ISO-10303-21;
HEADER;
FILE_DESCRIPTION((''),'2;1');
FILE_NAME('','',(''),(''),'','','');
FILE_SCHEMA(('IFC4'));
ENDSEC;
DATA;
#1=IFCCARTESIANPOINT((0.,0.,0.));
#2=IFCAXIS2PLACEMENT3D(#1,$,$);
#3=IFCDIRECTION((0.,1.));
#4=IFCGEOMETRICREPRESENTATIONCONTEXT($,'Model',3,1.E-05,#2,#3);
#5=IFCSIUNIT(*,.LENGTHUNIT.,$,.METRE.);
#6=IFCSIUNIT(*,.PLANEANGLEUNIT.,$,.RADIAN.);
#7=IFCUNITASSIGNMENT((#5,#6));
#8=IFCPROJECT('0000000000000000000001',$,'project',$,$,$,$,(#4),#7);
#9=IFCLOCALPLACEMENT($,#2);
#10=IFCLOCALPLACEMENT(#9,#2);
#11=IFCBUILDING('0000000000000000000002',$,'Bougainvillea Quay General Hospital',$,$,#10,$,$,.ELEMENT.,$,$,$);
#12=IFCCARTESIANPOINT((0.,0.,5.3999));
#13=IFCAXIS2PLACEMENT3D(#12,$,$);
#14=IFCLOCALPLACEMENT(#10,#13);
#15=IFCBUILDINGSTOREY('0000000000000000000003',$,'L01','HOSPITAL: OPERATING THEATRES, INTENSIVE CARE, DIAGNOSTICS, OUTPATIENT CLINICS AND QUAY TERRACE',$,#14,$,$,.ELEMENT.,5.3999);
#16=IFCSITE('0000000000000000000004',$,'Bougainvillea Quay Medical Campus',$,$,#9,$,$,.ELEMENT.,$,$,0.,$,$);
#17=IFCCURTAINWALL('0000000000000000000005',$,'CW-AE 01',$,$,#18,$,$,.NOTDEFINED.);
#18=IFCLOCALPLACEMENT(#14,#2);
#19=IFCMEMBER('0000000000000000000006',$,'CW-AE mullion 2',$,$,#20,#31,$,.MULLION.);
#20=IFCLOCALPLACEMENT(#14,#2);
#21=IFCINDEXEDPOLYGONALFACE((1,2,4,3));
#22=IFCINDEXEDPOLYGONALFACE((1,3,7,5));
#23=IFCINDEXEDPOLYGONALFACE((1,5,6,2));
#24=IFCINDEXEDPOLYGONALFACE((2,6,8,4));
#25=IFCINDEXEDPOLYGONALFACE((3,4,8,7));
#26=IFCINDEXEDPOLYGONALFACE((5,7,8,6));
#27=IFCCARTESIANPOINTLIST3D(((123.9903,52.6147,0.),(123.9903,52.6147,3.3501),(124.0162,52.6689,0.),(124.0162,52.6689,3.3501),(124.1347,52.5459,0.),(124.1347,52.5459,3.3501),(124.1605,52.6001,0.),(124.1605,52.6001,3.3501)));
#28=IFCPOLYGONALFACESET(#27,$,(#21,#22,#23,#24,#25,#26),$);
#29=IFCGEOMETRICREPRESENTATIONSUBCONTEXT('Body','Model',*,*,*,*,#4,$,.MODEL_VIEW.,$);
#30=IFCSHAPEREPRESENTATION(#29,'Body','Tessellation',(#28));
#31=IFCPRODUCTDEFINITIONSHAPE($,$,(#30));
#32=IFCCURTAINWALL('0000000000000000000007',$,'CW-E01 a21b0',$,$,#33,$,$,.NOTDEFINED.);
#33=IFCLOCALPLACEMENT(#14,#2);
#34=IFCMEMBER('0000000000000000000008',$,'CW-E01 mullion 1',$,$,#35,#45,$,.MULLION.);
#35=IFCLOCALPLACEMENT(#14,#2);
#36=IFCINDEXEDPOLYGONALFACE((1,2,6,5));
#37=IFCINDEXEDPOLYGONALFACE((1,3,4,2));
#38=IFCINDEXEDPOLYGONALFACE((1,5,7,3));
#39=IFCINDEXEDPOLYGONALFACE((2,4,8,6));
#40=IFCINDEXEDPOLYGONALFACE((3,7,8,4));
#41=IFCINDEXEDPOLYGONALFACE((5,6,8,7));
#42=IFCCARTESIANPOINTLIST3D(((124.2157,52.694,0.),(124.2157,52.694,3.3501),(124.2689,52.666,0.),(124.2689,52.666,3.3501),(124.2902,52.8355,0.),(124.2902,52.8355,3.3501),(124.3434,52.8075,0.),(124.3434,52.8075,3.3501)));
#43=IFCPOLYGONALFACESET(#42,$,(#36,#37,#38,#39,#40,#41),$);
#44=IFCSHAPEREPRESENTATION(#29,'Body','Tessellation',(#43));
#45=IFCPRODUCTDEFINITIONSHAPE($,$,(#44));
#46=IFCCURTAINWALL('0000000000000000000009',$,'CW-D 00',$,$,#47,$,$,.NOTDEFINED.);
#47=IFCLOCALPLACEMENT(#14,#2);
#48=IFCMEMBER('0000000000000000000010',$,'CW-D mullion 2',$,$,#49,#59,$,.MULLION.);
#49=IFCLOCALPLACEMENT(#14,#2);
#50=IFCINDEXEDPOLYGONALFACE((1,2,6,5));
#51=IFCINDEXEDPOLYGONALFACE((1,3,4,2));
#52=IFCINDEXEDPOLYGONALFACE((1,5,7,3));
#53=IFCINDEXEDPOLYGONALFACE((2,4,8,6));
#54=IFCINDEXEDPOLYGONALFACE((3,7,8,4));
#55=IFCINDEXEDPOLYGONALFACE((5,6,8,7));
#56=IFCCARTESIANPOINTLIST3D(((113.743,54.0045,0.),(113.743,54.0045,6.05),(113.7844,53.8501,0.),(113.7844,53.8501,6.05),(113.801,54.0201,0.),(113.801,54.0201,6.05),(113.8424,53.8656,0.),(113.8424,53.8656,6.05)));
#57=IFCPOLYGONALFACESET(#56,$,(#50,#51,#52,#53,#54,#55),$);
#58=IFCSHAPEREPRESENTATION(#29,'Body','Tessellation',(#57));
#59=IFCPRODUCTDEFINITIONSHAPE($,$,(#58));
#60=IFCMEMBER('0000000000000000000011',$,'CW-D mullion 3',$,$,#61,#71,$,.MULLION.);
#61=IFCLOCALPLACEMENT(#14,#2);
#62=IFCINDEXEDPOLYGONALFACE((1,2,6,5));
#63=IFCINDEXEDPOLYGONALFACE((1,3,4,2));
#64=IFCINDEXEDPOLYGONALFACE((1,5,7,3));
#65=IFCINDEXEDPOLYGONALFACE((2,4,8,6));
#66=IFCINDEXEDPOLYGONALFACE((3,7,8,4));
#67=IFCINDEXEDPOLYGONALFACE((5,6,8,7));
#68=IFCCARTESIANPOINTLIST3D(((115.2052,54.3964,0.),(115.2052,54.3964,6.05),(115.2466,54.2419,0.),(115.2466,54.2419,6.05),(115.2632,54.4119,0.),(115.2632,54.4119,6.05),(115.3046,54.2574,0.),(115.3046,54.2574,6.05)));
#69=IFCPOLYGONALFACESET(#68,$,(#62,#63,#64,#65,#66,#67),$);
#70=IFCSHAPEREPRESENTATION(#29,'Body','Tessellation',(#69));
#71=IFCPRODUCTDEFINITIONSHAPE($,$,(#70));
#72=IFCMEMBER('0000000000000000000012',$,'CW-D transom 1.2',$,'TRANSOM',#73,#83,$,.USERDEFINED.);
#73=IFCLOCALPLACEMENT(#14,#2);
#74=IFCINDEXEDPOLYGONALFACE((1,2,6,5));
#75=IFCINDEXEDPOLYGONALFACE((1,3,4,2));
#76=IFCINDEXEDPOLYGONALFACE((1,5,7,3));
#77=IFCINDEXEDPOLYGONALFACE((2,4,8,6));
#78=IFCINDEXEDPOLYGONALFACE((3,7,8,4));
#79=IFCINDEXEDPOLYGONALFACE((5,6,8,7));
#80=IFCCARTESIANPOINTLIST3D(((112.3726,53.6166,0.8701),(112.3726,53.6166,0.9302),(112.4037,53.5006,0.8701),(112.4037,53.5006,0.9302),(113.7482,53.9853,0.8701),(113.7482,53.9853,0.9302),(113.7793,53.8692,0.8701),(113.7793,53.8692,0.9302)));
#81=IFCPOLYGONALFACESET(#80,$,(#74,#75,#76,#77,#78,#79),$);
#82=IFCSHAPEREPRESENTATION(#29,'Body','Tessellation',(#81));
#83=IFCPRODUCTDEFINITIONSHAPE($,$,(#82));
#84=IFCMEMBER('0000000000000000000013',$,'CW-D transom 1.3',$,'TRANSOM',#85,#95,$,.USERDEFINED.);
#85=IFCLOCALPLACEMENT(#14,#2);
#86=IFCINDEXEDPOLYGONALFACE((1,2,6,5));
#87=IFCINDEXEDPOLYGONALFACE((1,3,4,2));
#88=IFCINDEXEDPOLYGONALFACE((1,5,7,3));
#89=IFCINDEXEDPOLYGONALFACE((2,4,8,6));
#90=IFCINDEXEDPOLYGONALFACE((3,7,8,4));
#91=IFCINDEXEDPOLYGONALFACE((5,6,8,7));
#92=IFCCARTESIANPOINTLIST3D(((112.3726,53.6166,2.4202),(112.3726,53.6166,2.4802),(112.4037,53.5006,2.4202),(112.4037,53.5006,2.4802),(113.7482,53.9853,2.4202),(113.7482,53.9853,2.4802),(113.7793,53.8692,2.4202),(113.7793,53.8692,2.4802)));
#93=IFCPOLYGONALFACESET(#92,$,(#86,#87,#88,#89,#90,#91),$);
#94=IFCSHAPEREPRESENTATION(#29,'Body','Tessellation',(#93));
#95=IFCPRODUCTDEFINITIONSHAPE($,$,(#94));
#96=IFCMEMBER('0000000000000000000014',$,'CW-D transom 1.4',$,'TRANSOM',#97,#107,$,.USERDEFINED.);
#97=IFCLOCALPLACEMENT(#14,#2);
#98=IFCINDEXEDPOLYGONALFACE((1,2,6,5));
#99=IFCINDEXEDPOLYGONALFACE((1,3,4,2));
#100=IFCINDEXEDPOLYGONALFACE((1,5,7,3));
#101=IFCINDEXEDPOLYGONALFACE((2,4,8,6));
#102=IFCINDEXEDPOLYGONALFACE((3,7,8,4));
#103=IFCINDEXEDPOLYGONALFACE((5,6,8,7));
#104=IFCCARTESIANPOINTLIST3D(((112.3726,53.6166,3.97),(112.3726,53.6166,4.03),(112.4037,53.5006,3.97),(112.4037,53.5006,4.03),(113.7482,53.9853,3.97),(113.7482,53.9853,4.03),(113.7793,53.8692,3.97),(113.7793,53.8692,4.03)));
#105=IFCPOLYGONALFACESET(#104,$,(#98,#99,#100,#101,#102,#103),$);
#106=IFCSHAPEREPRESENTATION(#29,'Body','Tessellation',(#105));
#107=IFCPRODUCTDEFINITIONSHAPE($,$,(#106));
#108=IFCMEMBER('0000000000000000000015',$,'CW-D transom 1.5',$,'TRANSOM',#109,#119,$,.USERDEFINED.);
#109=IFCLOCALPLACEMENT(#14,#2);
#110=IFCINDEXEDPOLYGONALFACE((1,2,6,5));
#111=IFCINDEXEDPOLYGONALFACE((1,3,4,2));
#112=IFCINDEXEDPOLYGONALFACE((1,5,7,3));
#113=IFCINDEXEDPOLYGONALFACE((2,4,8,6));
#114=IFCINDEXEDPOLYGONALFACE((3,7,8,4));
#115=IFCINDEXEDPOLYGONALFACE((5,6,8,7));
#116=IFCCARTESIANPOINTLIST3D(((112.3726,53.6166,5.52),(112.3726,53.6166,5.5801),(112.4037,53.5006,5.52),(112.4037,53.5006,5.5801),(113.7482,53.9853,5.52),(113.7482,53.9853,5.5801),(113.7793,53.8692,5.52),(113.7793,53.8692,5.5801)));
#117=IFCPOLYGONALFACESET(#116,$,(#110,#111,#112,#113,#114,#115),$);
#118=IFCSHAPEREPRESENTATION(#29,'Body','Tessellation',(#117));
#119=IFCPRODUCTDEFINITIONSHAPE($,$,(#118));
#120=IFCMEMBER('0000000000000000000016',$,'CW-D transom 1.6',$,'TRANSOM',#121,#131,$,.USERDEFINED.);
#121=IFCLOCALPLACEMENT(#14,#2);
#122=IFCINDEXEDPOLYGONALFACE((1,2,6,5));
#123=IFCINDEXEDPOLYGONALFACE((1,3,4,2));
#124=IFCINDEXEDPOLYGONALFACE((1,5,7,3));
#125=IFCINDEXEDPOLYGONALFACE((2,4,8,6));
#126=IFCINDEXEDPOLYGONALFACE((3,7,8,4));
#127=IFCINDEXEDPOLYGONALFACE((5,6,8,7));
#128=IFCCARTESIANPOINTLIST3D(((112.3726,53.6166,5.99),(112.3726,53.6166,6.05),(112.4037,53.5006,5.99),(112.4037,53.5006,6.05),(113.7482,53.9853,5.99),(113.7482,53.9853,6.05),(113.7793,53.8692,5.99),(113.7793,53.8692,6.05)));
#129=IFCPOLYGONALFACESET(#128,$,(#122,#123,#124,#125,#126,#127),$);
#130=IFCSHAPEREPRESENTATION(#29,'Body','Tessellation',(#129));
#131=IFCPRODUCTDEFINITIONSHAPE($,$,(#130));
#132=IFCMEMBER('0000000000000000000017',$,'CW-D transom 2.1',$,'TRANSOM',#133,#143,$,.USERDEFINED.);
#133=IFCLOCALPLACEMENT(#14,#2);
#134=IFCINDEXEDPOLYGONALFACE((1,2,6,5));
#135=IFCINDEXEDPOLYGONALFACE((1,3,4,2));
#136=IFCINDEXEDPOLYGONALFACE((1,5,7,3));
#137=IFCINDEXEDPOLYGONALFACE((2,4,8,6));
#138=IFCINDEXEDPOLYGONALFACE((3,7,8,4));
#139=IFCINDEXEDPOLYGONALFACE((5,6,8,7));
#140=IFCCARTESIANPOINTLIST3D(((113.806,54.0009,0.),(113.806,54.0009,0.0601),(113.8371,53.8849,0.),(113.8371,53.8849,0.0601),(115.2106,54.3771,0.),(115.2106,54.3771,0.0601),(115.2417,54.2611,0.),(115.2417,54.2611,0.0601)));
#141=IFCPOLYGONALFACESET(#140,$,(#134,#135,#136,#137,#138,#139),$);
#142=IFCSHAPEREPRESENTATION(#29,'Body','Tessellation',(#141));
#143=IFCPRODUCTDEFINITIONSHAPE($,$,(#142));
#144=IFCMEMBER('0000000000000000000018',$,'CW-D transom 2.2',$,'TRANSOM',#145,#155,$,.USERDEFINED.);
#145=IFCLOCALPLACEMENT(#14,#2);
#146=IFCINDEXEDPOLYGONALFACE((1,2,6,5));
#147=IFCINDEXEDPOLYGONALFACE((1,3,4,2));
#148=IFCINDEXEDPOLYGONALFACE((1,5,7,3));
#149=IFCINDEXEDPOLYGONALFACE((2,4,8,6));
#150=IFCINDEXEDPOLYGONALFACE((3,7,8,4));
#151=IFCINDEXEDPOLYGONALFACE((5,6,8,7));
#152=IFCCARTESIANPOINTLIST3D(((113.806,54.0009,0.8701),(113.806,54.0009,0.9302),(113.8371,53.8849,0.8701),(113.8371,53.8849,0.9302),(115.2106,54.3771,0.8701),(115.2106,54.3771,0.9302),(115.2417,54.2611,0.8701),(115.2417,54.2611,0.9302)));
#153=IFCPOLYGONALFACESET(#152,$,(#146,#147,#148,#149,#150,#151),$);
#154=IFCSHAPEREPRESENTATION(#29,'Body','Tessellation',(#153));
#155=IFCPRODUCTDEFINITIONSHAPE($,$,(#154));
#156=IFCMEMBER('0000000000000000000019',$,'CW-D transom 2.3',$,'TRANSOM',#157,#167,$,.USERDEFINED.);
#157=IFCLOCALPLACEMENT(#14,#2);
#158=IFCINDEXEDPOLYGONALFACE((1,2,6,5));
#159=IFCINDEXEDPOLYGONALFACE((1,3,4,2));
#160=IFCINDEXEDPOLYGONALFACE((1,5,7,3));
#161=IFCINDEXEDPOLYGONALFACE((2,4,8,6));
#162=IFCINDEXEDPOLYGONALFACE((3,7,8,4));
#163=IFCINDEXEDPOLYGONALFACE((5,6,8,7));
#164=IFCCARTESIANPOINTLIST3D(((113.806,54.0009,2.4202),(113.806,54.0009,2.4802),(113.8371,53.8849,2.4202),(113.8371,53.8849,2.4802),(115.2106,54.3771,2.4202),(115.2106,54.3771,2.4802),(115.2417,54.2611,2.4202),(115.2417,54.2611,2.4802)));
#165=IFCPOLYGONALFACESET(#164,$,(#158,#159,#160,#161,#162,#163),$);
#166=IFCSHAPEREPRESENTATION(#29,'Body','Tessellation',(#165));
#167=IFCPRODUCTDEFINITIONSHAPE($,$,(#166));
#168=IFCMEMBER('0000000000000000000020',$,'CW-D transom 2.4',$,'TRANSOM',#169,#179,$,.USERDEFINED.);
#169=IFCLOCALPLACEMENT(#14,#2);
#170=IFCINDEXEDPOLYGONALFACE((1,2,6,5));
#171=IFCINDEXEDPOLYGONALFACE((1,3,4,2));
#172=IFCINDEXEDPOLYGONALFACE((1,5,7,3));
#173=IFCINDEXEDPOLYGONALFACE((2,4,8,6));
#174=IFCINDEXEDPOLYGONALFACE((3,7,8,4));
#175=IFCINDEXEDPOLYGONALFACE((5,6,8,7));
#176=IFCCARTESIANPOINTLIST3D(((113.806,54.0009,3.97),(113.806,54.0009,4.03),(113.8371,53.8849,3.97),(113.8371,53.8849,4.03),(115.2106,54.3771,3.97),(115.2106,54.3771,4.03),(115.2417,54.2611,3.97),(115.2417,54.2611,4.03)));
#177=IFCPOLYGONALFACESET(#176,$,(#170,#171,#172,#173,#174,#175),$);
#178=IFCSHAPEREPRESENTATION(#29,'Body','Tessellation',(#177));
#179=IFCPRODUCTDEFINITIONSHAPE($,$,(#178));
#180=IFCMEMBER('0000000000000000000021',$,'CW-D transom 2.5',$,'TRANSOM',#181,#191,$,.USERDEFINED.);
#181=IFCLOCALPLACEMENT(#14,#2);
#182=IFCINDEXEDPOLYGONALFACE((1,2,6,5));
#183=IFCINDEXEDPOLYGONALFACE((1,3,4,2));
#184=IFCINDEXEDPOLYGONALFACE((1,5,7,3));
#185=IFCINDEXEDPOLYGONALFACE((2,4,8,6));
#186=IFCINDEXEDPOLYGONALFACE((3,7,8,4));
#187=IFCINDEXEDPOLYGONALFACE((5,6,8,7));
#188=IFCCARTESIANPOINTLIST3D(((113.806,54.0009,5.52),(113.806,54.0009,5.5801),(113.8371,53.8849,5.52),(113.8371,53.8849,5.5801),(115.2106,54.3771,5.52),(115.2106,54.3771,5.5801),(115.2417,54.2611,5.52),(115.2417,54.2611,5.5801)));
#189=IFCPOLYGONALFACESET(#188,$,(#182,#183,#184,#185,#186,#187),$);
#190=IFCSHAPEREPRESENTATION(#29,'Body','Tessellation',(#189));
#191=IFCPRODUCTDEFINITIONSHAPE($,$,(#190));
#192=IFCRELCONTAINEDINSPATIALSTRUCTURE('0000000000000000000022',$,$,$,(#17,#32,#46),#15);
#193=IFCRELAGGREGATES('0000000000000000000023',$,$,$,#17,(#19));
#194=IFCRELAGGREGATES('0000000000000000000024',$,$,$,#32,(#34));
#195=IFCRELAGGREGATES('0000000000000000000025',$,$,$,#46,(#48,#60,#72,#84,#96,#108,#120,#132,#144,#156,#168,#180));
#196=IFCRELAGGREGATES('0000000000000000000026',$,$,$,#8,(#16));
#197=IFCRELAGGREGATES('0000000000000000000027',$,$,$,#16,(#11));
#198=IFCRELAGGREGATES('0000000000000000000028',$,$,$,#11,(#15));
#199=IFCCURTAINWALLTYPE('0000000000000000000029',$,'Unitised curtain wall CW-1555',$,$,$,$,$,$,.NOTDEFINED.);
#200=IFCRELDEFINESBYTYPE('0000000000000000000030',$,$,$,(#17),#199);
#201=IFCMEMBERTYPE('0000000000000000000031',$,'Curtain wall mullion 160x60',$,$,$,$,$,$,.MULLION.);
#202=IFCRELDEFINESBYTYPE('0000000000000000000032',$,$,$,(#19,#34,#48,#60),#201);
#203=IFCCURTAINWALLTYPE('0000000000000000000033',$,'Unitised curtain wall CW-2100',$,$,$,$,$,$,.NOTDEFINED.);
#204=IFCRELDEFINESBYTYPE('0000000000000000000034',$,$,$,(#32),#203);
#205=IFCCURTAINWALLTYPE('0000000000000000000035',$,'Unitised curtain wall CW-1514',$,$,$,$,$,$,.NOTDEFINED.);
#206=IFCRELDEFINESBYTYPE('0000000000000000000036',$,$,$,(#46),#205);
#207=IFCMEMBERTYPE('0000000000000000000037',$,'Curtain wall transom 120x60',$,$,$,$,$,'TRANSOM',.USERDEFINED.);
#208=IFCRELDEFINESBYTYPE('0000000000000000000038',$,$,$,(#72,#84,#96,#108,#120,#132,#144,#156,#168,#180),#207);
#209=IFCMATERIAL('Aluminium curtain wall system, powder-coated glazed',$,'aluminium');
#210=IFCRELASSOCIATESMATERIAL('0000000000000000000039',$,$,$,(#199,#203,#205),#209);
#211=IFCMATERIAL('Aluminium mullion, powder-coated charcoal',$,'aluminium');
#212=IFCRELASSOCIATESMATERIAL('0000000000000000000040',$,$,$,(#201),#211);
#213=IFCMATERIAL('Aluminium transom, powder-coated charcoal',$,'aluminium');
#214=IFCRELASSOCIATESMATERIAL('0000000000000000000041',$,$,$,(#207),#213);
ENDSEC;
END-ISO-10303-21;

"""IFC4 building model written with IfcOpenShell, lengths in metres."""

from ifc_helpers import new_model, si_unit, direction, frame, origin, origin_2d, place, context, subcontext, project, spatial, rectangle, extrude, material, material_profile, profile_set, type_object, element, aggregate, save


model = new_model("IFC4")

# Units and contexts
model_context = context("Model", 3, precision=1e-05, world=origin(), true_north=direction((0.0, 1.0)))
body_context = subcontext(model_context, "Body", "Model", "MODEL_VIEW")
ifc_project = project(units=[si_unit("LENGTHUNIT", "METRE"), si_unit("PLANEANGLEUNIT", "RADIAN")], contexts=[model_context])

# Site, building, storey
site_placement = place(None, origin())
site = spatial("IfcSite", under=ifc_project, at=site_placement, Name="Bougainvillea Quay Medical Campus", CompositionType="ELEMENT", RefElevation=0.0)
building_placement = place(site_placement, origin())
building = spatial("IfcBuilding", under=site, at=building_placement, Name="Bougainvillea Quay General Hospital", CompositionType="ELEMENT")
storey_placement = place(building_placement, frame((0.0, 0.0, 5.3999)))
storey = spatial("IfcBuildingStorey", under=building, at=storey_placement, Name="L01", Description="HOSPITAL: OPERATING THEATRES, INTENSIVE CARE, DIAGNOSTICS, OUTPATIENT CLINICS AND QUAY TERRACE", CompositionType="ELEMENT", Elevation=5.3999)

# Curtain walls, members
ifc_material_1 = material(Name="Aluminium curtain wall system, powder-coated glazed", Category="aluminium")
curtain_wall_type_1 = type_object("IfcCurtainWallType", Name="Unitised curtain wall CW-1555", PredefinedType="NOTDEFINED", material=ifc_material_1)
curtain_wall_1_placement = place(storey_placement, origin())
curtain_wall_1 = element("IfcCurtainWall", 1, at=curtain_wall_1_placement, inside=storey, type_object=curtain_wall_type_1, Name="CW-AE 01", PredefinedType="NOTDEFINED")
ifc_material_2 = material(Name="Aluminium mullion, powder-coated charcoal", Category="aluminium")
ifc_material_profile_1 = material_profile(ifc_material_2, rectangle(XDim=0.1599, YDim=0.0601, at=origin_2d()))
ifc_profile_set_1 = profile_set([ifc_material_profile_1], Name="Aluminium mullion, powder-coated charcoal")
member_type_1 = type_object("IfcMemberType", Name="Curtain wall mullion 160x60", PredefinedType="MULLION", material=ifc_profile_set_1)
member_1_placement = place(storey_placement, frame((124.0754, 52.6074, 0.0), z_axis=(0.0, 0.0, 1.0), x_axis=(0.902576, -0.43053, 0.0)))
member_1 = element("IfcMember", 2, at=member_1_placement, type_object=member_type_1, Name="CW-AE mullion 2", PredefinedType="MULLION", context=body_context, shape_type="SweptSolid", body=[
    extrude(rectangle(XDim=0.1599, YDim=0.0601, at=origin_2d()), origin(), (0.0, 0.0, 1.0), 3.3501),
])
aggregate(curtain_wall_1, [member_1])
curtain_wall_type_2 = type_object("IfcCurtainWallType", Name="Unitised curtain wall CW-2100", PredefinedType="NOTDEFINED", material=ifc_material_1)
curtain_wall_2_placement = place(storey_placement, origin())
curtain_wall_2 = element("IfcCurtainWall", 3, at=curtain_wall_2_placement, inside=storey, type_object=curtain_wall_type_2, Name="CW-E01 a21b0", PredefinedType="NOTDEFINED")
member_2_placement = place(storey_placement, frame((124.2795, 52.7507, 0.0), z_axis=(0.0, 0.0, 1.0), x_axis=(0.465726, 0.884929, 0.0)))
member_2 = element("IfcMember", 4, at=member_2_placement, type_object=member_type_1, Name="CW-E01 mullion 1", PredefinedType="MULLION", context=body_context, shape_type="SweptSolid", body=[
    extrude(rectangle(XDim=0.1599, YDim=0.0601, at=origin_2d()), origin(), (0.0, 0.0, 1.0), 3.3501),
])
aggregate(curtain_wall_2, [member_2])

# Curtain wall, members
curtain_wall_type_3 = type_object("IfcCurtainWallType", Name="Unitised curtain wall CW-1514", PredefinedType="NOTDEFINED", material=ifc_material_1)
curtain_wall_3_placement = place(storey_placement, origin())
curtain_wall_3 = element("IfcCurtainWall", 5, at=curtain_wall_3_placement, inside=storey, type_object=curtain_wall_type_3, Name="CW-D 00", PredefinedType="NOTDEFINED")
member_3_placement = place(storey_placement, frame((113.7927, 53.9351, 0.0), z_axis=(0.0, 0.0, 1.0), x_axis=(-0.258855, 0.965916, 0.0)))
member_3 = element("IfcMember", 6, at=member_3_placement, type_object=member_type_1, Name="CW-D mullion 2", PredefinedType="MULLION", context=body_context, shape_type="SweptSolid", body=[
    extrude(rectangle(XDim=0.1599, YDim=0.0601, at=origin_2d()), origin(), (0.0, 0.0, 1.0), 6.05),
])
member_4_placement = place(storey_placement, frame((115.2549, 54.3269, 0.0), z_axis=(0.0, 0.0, 1.0), x_axis=(-0.258855, 0.965916, 0.0)))
member_4 = element("IfcMember", 7, at=member_4_placement, type_object=member_type_1, Name="CW-D mullion 3", PredefinedType="MULLION", context=body_context, shape_type="SweptSolid", body=[
    extrude(rectangle(XDim=0.1599, YDim=0.0601, at=origin_2d()), origin(), (0.0, 0.0, 1.0), 6.05),
])
ifc_material_3 = material(Name="Aluminium transom, powder-coated charcoal", Category="aluminium")
ifc_material_profile_2 = material_profile(ifc_material_3, rectangle(XDim=0.1201, YDim=0.0601, at=origin_2d()))
ifc_profile_set_2 = profile_set([ifc_material_profile_2], Name="Aluminium transom, powder-coated charcoal")
member_type_2 = type_object("IfcMemberType", Name="Curtain wall transom 120x60", ElementType="TRANSOM", PredefinedType="USERDEFINED", material=ifc_profile_set_2)
member_5_placement = place(storey_placement, frame((112.3882, 53.5586, 0.9001), z_axis=(0.96591, 0.258879, 0.0), x_axis=(-0.258879, 0.96591, 0.0)))
member_5 = element("IfcMember", 8, at=member_5_placement, type_object=member_type_2, Name="CW-D transom 1.2", ObjectType="TRANSOM", PredefinedType="USERDEFINED", context=body_context, shape_type="SweptSolid", body=[
    extrude(rectangle(XDim=0.1201, YDim=0.0601, at=origin_2d()), origin(), (0.0, 0.0, 1.0), 1.4241),
])
member_6_placement = place(storey_placement, frame((112.3882, 53.5586, 2.4502), z_axis=(0.96591, 0.258879, 0.0), x_axis=(-0.258879, 0.96591, 0.0)))
member_6 = element("IfcMember", 9, at=member_6_placement, type_object=member_type_2, Name="CW-D transom 1.3", ObjectType="TRANSOM", PredefinedType="USERDEFINED", context=body_context, shape_type="SweptSolid", body=[
    extrude(rectangle(XDim=0.1201, YDim=0.0601, at=origin_2d()), origin(), (0.0, 0.0, 1.0), 1.4241),
])
member_7_placement = place(storey_placement, frame((112.3882, 53.5586, 4.0), z_axis=(0.96591, 0.258879, 0.0), x_axis=(-0.258879, 0.96591, 0.0)))
member_7 = element("IfcMember", 10, at=member_7_placement, type_object=member_type_2, Name="CW-D transom 1.4", ObjectType="TRANSOM", PredefinedType="USERDEFINED", context=body_context, shape_type="SweptSolid", body=[
    extrude(rectangle(XDim=0.1201, YDim=0.0601, at=origin_2d()), origin(), (0.0, 0.0, 1.0), 1.4241),
])
member_8_placement = place(storey_placement, frame((112.3882, 53.5586, 5.55), z_axis=(0.96591, 0.258879, 0.0), x_axis=(-0.258879, 0.96591, 0.0)))
member_8 = element("IfcMember", 11, at=member_8_placement, type_object=member_type_2, Name="CW-D transom 1.5", ObjectType="TRANSOM", PredefinedType="USERDEFINED", context=body_context, shape_type="SweptSolid", body=[
    extrude(rectangle(XDim=0.1201, YDim=0.0601, at=origin_2d()), origin(), (0.0, 0.0, 1.0), 1.4241),
])
member_9_placement = place(storey_placement, frame((112.3882, 53.5586, 6.02), z_axis=(0.96591, 0.258879, 0.0), x_axis=(-0.258879, 0.96591, 0.0)))
member_9 = element("IfcMember", 12, at=member_9_placement, type_object=member_type_2, Name="CW-D transom 1.6", ObjectType="TRANSOM", PredefinedType="USERDEFINED", context=body_context, shape_type="SweptSolid", body=[
    extrude(rectangle(XDim=0.1201, YDim=0.0601, at=origin_2d()), origin(), (0.0, 0.0, 1.0), 1.4241),
])
member_10_placement = place(storey_placement, frame((113.8215, 53.9429, 0.03), z_axis=(0.965947, 0.258739, 0.0), x_axis=(-0.258739, 0.965947, 0.0)))
member_10 = element("IfcMember", 13, at=member_10_placement, type_object=member_type_2, Name="CW-D transom 2.1", ObjectType="TRANSOM", PredefinedType="USERDEFINED", context=body_context, shape_type="SweptSolid", body=[
    extrude(rectangle(XDim=0.1201, YDim=0.0601, at=origin_2d()), origin(), (0.0, 0.0, 1.0), 1.4541),
])
member_11_placement = place(storey_placement, frame((113.8215, 53.9429, 0.9001), z_axis=(0.965947, 0.258739, 0.0), x_axis=(-0.258739, 0.965947, 0.0)))
member_11 = element("IfcMember", 14, at=member_11_placement, type_object=member_type_2, Name="CW-D transom 2.2", ObjectType="TRANSOM", PredefinedType="USERDEFINED", context=body_context, shape_type="SweptSolid", body=[
    extrude(rectangle(XDim=0.1201, YDim=0.0601, at=origin_2d()), origin(), (0.0, 0.0, 1.0), 1.4541),
])
member_12_placement = place(storey_placement, frame((113.8215, 53.9429, 2.4502), z_axis=(0.965947, 0.258739, 0.0), x_axis=(-0.258739, 0.965947, 0.0)))
member_12 = element("IfcMember", 15, at=member_12_placement, type_object=member_type_2, Name="CW-D transom 2.3", ObjectType="TRANSOM", PredefinedType="USERDEFINED", context=body_context, shape_type="SweptSolid", body=[
    extrude(rectangle(XDim=0.1201, YDim=0.0601, at=origin_2d()), origin(), (0.0, 0.0, 1.0), 1.4541),
])
member_13_placement = place(storey_placement, frame((113.8215, 53.9429, 4.0), z_axis=(0.965947, 0.258739, 0.0), x_axis=(-0.258739, 0.965947, 0.0)))
member_13 = element("IfcMember", 16, at=member_13_placement, type_object=member_type_2, Name="CW-D transom 2.4", ObjectType="TRANSOM", PredefinedType="USERDEFINED", context=body_context, shape_type="SweptSolid", body=[
    extrude(rectangle(XDim=0.1201, YDim=0.0601, at=origin_2d()), origin(), (0.0, 0.0, 1.0), 1.4541),
])
member_14_placement = place(storey_placement, frame((113.8215, 53.9429, 5.55), z_axis=(0.965947, 0.258739, 0.0), x_axis=(-0.258739, 0.965947, 0.0)))
member_14 = element("IfcMember", 17, at=member_14_placement, type_object=member_type_2, Name="CW-D transom 2.5", ObjectType="TRANSOM", PredefinedType="USERDEFINED", context=body_context, shape_type="SweptSolid", body=[
    extrude(rectangle(XDim=0.1201, YDim=0.0601, at=origin_2d()), origin(), (0.0, 0.0, 1.0), 1.4541),
])
aggregate(curtain_wall_3, [member_3, member_4, member_5, member_6, member_7, member_8, member_9, member_10, member_11, member_12, member_13, member_14])

save(model, "model.ifc")
